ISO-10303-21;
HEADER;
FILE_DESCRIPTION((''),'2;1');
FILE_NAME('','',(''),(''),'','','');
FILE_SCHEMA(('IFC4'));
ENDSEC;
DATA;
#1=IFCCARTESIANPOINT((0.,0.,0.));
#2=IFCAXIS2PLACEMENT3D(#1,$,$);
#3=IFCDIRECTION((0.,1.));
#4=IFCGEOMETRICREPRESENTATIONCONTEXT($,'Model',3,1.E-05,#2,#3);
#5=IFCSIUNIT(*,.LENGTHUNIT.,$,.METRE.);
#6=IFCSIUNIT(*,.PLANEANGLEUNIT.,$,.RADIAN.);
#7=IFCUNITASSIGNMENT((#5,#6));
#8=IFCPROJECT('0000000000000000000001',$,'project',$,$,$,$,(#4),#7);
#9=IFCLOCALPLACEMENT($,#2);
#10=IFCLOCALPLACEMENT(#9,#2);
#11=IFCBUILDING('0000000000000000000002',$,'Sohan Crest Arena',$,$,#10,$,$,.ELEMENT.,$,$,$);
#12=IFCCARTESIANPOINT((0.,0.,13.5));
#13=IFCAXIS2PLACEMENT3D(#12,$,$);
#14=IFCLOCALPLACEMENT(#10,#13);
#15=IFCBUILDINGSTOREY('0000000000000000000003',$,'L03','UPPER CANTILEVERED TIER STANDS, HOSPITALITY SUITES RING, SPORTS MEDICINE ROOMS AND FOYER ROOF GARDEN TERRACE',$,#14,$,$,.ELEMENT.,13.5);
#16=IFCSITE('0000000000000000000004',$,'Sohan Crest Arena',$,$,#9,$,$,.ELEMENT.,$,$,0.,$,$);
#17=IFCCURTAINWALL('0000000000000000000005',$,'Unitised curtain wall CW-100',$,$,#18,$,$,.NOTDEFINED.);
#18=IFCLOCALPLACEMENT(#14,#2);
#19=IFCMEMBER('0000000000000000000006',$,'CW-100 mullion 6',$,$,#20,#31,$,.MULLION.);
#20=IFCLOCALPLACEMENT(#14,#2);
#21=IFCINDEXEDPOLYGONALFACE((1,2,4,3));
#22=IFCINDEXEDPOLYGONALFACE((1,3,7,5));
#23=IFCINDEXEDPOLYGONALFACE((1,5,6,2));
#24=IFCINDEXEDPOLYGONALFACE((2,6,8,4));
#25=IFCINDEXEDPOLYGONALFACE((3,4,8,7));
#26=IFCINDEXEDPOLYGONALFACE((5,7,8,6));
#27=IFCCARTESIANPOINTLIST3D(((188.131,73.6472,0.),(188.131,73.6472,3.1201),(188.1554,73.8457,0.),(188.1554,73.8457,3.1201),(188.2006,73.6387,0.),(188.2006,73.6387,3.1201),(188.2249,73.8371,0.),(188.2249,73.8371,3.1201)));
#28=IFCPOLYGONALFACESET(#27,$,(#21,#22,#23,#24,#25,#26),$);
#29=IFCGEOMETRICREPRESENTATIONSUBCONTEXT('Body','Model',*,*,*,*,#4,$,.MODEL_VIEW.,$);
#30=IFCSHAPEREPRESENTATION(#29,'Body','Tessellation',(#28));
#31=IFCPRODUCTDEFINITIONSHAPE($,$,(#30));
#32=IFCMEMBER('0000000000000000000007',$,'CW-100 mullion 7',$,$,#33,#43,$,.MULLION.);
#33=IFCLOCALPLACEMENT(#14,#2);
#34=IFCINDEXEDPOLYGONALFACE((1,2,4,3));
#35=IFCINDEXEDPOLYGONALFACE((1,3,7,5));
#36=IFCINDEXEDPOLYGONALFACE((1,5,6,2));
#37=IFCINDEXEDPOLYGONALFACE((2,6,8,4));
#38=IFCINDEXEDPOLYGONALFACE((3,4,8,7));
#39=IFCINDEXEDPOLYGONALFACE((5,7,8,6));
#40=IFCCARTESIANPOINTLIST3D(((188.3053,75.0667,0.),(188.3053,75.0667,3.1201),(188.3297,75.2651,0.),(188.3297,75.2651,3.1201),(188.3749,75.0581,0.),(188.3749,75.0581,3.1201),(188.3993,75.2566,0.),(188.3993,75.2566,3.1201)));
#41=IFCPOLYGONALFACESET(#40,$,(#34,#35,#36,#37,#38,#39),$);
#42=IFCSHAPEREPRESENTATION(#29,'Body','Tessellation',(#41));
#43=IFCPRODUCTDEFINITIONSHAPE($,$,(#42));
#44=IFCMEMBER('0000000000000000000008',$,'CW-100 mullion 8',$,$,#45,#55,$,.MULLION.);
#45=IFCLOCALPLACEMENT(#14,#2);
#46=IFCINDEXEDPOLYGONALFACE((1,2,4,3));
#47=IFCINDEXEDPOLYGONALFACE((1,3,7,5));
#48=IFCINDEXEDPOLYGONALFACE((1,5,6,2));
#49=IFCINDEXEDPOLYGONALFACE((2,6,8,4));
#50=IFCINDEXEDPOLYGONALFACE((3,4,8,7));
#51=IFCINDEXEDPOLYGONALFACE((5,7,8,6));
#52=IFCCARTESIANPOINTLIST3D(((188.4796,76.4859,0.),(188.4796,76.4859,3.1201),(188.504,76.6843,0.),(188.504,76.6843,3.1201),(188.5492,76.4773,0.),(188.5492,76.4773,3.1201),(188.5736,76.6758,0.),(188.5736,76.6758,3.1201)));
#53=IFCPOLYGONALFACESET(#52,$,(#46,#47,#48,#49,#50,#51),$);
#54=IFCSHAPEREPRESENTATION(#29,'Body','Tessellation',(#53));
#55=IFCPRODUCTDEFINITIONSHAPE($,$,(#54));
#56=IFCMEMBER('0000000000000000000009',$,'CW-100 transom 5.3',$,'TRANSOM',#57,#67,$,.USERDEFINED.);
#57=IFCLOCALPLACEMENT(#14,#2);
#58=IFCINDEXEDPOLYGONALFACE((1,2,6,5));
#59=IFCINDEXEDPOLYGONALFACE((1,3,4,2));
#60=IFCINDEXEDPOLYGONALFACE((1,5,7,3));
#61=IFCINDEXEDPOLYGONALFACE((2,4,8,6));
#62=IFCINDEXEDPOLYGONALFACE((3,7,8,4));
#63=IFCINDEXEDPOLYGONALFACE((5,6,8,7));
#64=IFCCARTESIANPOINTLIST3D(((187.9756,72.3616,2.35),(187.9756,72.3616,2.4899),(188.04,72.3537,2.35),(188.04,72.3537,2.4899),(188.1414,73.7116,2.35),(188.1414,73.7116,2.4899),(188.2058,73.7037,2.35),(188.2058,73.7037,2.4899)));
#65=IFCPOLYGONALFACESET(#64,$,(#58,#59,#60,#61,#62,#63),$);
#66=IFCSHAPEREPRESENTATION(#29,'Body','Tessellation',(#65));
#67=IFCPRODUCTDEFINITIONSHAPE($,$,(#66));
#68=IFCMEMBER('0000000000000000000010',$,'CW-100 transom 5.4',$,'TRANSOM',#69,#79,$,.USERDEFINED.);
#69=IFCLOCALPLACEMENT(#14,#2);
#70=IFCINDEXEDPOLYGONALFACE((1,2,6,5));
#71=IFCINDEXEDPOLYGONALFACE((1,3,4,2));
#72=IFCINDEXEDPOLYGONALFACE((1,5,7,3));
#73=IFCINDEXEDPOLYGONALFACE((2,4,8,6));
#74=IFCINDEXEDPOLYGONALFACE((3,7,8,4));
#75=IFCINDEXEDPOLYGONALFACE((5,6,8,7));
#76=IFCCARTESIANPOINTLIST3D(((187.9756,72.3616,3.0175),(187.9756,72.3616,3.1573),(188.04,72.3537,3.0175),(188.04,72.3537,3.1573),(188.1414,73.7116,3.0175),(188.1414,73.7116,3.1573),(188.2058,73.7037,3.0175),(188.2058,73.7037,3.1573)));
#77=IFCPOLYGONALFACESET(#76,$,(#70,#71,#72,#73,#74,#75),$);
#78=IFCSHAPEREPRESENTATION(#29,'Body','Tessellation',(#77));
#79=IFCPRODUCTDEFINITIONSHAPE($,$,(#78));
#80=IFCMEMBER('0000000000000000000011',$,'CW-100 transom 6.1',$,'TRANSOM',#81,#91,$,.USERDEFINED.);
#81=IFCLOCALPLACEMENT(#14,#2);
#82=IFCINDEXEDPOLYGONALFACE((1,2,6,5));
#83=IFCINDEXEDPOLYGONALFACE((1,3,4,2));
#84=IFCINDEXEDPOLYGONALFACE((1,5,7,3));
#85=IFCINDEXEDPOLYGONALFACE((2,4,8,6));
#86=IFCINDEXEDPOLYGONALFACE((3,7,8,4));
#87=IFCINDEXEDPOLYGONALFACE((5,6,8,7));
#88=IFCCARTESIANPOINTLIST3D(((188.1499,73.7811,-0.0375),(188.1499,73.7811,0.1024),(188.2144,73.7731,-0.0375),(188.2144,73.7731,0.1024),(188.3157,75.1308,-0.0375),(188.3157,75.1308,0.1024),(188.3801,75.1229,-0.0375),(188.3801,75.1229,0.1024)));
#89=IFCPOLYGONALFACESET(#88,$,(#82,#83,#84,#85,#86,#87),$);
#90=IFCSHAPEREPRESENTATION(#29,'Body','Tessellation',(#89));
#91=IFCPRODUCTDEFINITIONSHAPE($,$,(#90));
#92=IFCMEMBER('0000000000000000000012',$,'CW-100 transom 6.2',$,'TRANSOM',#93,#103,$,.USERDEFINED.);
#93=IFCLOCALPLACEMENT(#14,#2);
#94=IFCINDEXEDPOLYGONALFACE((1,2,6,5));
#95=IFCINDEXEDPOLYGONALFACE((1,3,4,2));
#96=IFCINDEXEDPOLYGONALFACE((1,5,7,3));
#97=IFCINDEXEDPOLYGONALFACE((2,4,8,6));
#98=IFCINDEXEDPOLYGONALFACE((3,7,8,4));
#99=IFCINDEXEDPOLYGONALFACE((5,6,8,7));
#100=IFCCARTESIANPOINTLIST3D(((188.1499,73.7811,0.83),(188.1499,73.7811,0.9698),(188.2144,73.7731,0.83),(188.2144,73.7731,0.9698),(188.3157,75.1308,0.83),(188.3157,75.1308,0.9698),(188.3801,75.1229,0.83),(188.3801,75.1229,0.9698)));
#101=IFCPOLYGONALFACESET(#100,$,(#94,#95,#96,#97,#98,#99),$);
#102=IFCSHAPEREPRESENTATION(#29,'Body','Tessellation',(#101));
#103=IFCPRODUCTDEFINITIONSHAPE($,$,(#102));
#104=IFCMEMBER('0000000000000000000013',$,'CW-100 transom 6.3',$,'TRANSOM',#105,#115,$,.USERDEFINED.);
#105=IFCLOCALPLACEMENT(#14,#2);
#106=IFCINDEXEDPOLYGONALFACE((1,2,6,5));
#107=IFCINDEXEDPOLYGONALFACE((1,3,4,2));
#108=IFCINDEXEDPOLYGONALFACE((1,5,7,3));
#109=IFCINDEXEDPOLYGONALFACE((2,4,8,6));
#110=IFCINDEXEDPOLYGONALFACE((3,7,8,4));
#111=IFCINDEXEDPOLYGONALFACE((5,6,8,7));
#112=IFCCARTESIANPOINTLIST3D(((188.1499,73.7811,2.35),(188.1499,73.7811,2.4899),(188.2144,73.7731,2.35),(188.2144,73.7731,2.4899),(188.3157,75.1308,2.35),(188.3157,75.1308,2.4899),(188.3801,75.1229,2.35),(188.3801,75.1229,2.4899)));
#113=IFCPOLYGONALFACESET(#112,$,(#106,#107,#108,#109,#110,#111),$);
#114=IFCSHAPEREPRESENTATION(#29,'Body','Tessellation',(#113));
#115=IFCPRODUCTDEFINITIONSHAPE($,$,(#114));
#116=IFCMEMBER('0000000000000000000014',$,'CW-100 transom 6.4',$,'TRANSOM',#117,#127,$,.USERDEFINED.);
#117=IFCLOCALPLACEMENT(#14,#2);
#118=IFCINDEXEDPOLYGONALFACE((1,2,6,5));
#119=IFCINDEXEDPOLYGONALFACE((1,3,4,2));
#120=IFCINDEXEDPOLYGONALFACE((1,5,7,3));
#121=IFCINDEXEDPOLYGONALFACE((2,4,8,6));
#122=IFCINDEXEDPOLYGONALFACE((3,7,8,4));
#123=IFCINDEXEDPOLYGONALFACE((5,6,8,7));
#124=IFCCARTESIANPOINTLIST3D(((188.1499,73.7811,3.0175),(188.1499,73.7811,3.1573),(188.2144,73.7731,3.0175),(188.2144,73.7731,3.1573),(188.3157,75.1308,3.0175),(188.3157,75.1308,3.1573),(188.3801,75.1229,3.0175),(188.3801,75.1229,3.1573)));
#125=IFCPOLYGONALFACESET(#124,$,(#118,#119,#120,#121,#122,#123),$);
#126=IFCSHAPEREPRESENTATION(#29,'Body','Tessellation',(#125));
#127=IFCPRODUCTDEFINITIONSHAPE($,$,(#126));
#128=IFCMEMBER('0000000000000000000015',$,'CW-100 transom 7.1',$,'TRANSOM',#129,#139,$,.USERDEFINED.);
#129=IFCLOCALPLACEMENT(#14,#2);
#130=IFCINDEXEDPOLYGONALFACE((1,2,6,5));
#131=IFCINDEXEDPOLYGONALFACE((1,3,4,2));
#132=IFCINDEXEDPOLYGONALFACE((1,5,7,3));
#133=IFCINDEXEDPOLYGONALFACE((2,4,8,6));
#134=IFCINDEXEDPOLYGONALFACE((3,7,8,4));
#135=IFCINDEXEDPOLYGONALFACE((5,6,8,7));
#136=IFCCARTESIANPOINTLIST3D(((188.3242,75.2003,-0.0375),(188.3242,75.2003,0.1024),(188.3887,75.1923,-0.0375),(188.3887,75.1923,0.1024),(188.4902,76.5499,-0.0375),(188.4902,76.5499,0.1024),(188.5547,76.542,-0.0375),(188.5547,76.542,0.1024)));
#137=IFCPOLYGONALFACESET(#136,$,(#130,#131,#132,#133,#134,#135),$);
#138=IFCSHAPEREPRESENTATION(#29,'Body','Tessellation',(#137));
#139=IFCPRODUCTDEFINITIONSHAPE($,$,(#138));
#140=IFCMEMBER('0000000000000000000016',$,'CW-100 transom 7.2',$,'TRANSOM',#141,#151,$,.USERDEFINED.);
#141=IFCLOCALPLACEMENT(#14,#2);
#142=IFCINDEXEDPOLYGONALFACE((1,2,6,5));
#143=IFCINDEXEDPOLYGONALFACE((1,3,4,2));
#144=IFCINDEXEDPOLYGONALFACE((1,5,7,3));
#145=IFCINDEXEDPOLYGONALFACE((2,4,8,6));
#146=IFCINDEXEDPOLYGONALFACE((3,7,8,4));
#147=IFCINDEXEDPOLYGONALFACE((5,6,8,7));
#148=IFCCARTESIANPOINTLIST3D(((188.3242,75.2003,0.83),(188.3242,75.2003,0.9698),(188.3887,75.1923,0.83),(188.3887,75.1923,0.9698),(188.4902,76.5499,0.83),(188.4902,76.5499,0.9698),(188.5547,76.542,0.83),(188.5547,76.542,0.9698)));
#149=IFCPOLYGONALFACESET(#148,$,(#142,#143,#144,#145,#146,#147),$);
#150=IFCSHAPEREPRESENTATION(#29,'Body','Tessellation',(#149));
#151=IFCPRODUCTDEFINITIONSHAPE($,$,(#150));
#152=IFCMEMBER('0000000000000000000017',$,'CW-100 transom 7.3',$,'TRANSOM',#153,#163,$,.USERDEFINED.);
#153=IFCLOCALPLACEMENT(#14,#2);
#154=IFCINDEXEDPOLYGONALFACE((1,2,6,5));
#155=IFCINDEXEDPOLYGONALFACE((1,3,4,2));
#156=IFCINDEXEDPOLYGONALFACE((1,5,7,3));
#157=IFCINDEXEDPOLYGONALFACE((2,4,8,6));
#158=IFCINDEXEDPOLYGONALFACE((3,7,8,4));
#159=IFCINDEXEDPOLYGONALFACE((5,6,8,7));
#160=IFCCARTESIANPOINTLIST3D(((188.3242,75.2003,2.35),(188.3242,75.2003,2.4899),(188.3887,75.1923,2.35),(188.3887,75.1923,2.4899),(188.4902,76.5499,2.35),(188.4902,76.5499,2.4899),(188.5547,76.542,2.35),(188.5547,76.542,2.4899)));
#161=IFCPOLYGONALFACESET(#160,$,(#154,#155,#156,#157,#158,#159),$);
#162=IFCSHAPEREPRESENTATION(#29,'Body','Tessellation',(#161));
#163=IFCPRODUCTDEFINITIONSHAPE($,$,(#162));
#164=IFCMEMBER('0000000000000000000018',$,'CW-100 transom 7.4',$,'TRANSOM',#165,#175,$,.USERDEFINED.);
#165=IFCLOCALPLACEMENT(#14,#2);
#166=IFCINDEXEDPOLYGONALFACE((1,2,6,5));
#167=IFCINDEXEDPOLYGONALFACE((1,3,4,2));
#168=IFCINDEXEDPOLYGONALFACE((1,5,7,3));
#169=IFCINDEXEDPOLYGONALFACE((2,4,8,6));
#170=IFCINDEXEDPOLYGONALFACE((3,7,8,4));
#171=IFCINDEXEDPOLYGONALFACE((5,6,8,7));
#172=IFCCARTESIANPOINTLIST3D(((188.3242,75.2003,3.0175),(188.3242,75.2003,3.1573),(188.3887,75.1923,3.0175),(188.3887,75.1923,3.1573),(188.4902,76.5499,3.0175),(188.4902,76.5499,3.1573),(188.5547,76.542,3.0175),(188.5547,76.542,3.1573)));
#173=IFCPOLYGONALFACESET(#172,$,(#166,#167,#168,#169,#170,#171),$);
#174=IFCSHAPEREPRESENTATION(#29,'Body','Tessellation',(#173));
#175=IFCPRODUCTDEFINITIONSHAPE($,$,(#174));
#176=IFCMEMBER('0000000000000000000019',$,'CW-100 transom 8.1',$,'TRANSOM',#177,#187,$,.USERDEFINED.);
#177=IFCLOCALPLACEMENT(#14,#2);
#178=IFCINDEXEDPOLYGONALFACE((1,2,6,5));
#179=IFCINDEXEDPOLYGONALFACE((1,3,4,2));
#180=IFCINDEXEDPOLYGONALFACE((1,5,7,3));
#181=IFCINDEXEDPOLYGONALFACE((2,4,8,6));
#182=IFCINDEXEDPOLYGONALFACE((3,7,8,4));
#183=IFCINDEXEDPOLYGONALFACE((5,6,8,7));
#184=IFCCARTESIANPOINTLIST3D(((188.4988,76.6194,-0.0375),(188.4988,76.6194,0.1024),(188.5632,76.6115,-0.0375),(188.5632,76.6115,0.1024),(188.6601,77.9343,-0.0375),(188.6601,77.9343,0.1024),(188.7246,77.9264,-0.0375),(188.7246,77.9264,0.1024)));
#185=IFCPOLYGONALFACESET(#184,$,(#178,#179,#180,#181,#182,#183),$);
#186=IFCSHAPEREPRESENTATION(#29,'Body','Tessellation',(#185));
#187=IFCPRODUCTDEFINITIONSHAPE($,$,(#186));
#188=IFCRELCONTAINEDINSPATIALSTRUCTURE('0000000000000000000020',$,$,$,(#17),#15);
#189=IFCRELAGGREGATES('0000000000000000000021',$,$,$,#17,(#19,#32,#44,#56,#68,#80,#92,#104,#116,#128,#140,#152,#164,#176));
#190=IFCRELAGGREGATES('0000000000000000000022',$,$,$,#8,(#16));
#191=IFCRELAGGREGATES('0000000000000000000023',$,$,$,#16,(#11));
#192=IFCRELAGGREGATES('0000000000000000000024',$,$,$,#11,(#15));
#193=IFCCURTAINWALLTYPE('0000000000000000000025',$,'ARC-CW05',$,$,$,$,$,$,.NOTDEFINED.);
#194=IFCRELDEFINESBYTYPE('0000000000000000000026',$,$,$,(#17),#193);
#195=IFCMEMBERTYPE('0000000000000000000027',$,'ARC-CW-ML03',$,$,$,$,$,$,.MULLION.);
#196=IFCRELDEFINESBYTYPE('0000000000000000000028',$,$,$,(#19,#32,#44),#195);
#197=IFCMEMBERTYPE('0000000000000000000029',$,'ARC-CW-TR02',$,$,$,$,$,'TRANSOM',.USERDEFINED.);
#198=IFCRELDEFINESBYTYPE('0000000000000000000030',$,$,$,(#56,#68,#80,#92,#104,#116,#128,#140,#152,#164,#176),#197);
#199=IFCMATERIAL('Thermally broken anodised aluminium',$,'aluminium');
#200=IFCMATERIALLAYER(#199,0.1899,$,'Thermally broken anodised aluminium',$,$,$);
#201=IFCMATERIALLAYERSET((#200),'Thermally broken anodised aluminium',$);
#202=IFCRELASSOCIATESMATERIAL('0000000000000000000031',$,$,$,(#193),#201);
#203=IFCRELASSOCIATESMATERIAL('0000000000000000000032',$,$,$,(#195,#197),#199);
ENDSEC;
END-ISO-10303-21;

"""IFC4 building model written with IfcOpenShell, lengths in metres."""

from ifc_helpers import new_model, si_unit, direction, frame, origin, origin_2d, place, context, subcontext, project, spatial, rectangle, extrude, material, layer, layer_set, material_profile, profile_set, type_object, element, aggregate, save


model = new_model("IFC4")

# Units and contexts
model_context = context("Model", 3, precision=1e-05, world=origin(), true_north=direction((0.0, 1.0)))
body_context = subcontext(model_context, "Body", "Model", "MODEL_VIEW")
ifc_project = project(units=[si_unit("LENGTHUNIT", "METRE"), si_unit("PLANEANGLEUNIT", "RADIAN")], contexts=[model_context])

# Site, building, storey
site_placement = place(None, origin())
site = spatial("IfcSite", under=ifc_project, at=site_placement, Name="Sohan Crest Arena", CompositionType="ELEMENT", RefElevation=0.0)
building_placement = place(site_placement, origin())
building = spatial("IfcBuilding", under=site, at=building_placement, Name="Sohan Crest Arena", CompositionType="ELEMENT")
storey_placement = place(building_placement, frame((0.0, 0.0, 13.5)))
storey = spatial("IfcBuildingStorey", under=building, at=storey_placement, Name="L03", Description="UPPER CANTILEVERED TIER STANDS, HOSPITALITY SUITES RING, SPORTS MEDICINE ROOMS AND FOYER ROOF GARDEN TERRACE", CompositionType="ELEMENT", Elevation=13.5)

# Curtain wall, members
ifc_material_1 = material(Name="Thermally broken anodised aluminium", Category="aluminium")
ifc_layer_1 = layer(ifc_material_1, 0.1899, Name="Thermally broken anodised aluminium")
ifc_layer_set_1 = layer_set([ifc_layer_1], Name="Thermally broken anodised aluminium")
curtain_wall_type = type_object("IfcCurtainWallType", Name="ARC-CW05", PredefinedType="NOTDEFINED", material=ifc_layer_set_1)
curtain_wall_placement = place(storey_placement, origin())
curtain_wall = element("IfcCurtainWall", 1, at=curtain_wall_placement, inside=storey, type_object=curtain_wall_type, Name="Unitised curtain wall CW-100", PredefinedType="NOTDEFINED")
ifc_material_profile_1 = material_profile(ifc_material_1, rectangle(XDim=0.0701, YDim=0.2, at=origin_2d()), Name="ALU-MULL 70x200")
ifc_profile_set_1 = profile_set([ifc_material_profile_1], Name="Thermally broken anodised aluminium")
member_type_1 = type_object("IfcMemberType", Name="ARC-CW-ML03", PredefinedType="MULLION", material=ifc_profile_set_1)
member_1_placement = place(storey_placement, frame((188.178, 73.7422, 0.0), z_axis=(0.0, 0.0, 1.0), x_axis=(-0.992537, 0.121947, 0.0)))
member_1 = element("IfcMember", 2, at=member_1_placement, type_object=member_type_1, Name="CW-100 mullion 6", PredefinedType="MULLION", context=body_context, shape_type="SweptSolid", body=[
    extrude(rectangle(XDim=0.0701, YDim=0.2, at=origin_2d()), origin(), (0.0, 0.0, 1.0), 3.1201),
])
member_2_placement = place(storey_placement, frame((188.3523, 75.1616, 0.0), z_axis=(0.0, 0.0, 1.0), x_axis=(-0.992537, 0.121947, 0.0)))
member_2 = element("IfcMember", 3, at=member_2_placement, type_object=member_type_1, Name="CW-100 mullion 7", PredefinedType="MULLION", context=body_context, shape_type="SweptSolid", body=[
    extrude(rectangle(XDim=0.0701, YDim=0.2, at=origin_2d()), origin(), (0.0, 0.0, 1.0), 3.1201),
])
member_3_placement = place(storey_placement, frame((188.5266, 76.5808, 0.0), z_axis=(0.0, 0.0, 1.0), x_axis=(-0.992537, 0.121947, 0.0)))
member_3 = element("IfcMember", 4, at=member_3_placement, type_object=member_type_1, Name="CW-100 mullion 8", PredefinedType="MULLION", context=body_context, shape_type="SweptSolid", body=[
    extrude(rectangle(XDim=0.0701, YDim=0.2, at=origin_2d()), origin(), (0.0, 0.0, 1.0), 3.1201),
])
ifc_material_profile_2 = material_profile(ifc_material_1, rectangle(XDim=0.0649, YDim=0.1399, at=origin_2d()), Name="ALU-TRAN 65x140")
ifc_profile_set_2 = profile_set([ifc_material_profile_2], Name="Thermally broken anodised aluminium")
member_type_2 = type_object("IfcMemberType", Name="ARC-CW-TR02", ElementType="TRANSOM", PredefinedType="USERDEFINED", material=ifc_profile_set_2)
member_4_placement = place(storey_placement, frame((188.0078, 72.3577, 2.4199), z_axis=(0.121891, 0.992543, 0.0), x_axis=(-0.992543, 0.121891, 0.0)))
member_4 = element("IfcMember", 5, at=member_4_placement, type_object=member_type_2, Name="CW-100 transom 5.3", ObjectType="TRANSOM", PredefinedType="USERDEFINED", context=body_context, shape_type="SweptSolid", body=[
    extrude(rectangle(XDim=0.0649, YDim=0.1399, at=origin_2d()), origin(), (0.0, 0.0, 1.0), 1.3601),
])
member_5_placement = place(storey_placement, frame((188.0078, 72.3577, 3.0874), z_axis=(0.121891, 0.992543, 0.0), x_axis=(-0.992543, 0.121891, 0.0)))
member_5 = element("IfcMember", 6, at=member_5_placement, type_object=member_type_2, Name="CW-100 transom 5.4", ObjectType="TRANSOM", PredefinedType="USERDEFINED", context=body_context, shape_type="SweptSolid", body=[
    extrude(rectangle(XDim=0.0649, YDim=0.1399, at=origin_2d()), origin(), (0.0, 0.0, 1.0), 1.3601),
])
member_6_placement = place(storey_placement, frame((188.1821, 73.7771, 0.0325), z_axis=(0.121913, 0.992541, 0.0), x_axis=(-0.992541, 0.121913, 0.0)))
member_6 = element("IfcMember", 7, at=member_6_placement, type_object=member_type_2, Name="CW-100 transom 6.1", ObjectType="TRANSOM", PredefinedType="USERDEFINED", context=body_context, shape_type="SweptSolid", body=[
    extrude(rectangle(XDim=0.0649, YDim=0.1399, at=origin_2d()), origin(), (0.0, 0.0, 1.0), 1.3599),
])
member_7_placement = place(storey_placement, frame((188.1821, 73.7771, 0.8999), z_axis=(0.121913, 0.992541, 0.0), x_axis=(-0.992541, 0.121913, 0.0)))
member_7 = element("IfcMember", 8, at=member_7_placement, type_object=member_type_2, Name="CW-100 transom 6.2", ObjectType="TRANSOM", PredefinedType="USERDEFINED", context=body_context, shape_type="SweptSolid", body=[
    extrude(rectangle(XDim=0.0649, YDim=0.1399, at=origin_2d()), origin(), (0.0, 0.0, 1.0), 1.3599),
])
member_8_placement = place(storey_placement, frame((188.1821, 73.7771, 2.4199), z_axis=(0.121913, 0.992541, 0.0), x_axis=(-0.992541, 0.121913, 0.0)))
member_8 = element("IfcMember", 9, at=member_8_placement, type_object=member_type_2, Name="CW-100 transom 6.3", ObjectType="TRANSOM", PredefinedType="USERDEFINED", context=body_context, shape_type="SweptSolid", body=[
    extrude(rectangle(XDim=0.0649, YDim=0.1399, at=origin_2d()), origin(), (0.0, 0.0, 1.0), 1.3599),
])
member_9_placement = place(storey_placement, frame((188.1821, 73.7771, 3.0874), z_axis=(0.121913, 0.992541, 0.0), x_axis=(-0.992541, 0.121913, 0.0)))
member_9 = element("IfcMember", 10, at=member_9_placement, type_object=member_type_2, Name="CW-100 transom 6.4", ObjectType="TRANSOM", PredefinedType="USERDEFINED", context=body_context, shape_type="SweptSolid", body=[
    extrude(rectangle(XDim=0.0649, YDim=0.1399, at=origin_2d()), origin(), (0.0, 0.0, 1.0), 1.3599),
])
member_10_placement = place(storey_placement, frame((188.3564, 75.1963, 0.0325), z_axis=(0.12209, 0.992519, 0.0), x_axis=(-0.992519, 0.12209, 0.0)))
member_10 = element("IfcMember", 11, at=member_10_placement, type_object=member_type_2, Name="CW-100 transom 7.1", ObjectType="TRANSOM", PredefinedType="USERDEFINED", context=body_context, shape_type="SweptSolid", body=[
    extrude(rectangle(XDim=0.0649, YDim=0.1399, at=origin_2d()), origin(), (0.0, 0.0, 1.0), 1.3599),
])
member_11_placement = place(storey_placement, frame((188.3564, 75.1963, 0.8999), z_axis=(0.12209, 0.992519, 0.0), x_axis=(-0.992519, 0.12209, 0.0)))
member_11 = element("IfcMember", 12, at=member_11_placement, type_object=member_type_2, Name="CW-100 transom 7.2", ObjectType="TRANSOM", PredefinedType="USERDEFINED", context=body_context, shape_type="SweptSolid", body=[
    extrude(rectangle(XDim=0.0649, YDim=0.1399, at=origin_2d()), origin(), (0.0, 0.0, 1.0), 1.3599),
])
member_12_placement = place(storey_placement, frame((188.3564, 75.1963, 2.4199), z_axis=(0.12209, 0.992519, 0.0), x_axis=(-0.992519, 0.12209, 0.0)))
member_12 = element("IfcMember", 13, at=member_12_placement, type_object=member_type_2, Name="CW-100 transom 7.3", ObjectType="TRANSOM", PredefinedType="USERDEFINED", context=body_context, shape_type="SweptSolid", body=[
    extrude(rectangle(XDim=0.0649, YDim=0.1399, at=origin_2d()), origin(), (0.0, 0.0, 1.0), 1.3599),
])
member_13_placement = place(storey_placement, frame((188.3564, 75.1963, 3.0874), z_axis=(0.12209, 0.992519, 0.0), x_axis=(-0.992519, 0.12209, 0.0)))
member_13 = element("IfcMember", 14, at=member_13_placement, type_object=member_type_2, Name="CW-100 transom 7.4", ObjectType="TRANSOM", PredefinedType="USERDEFINED", context=body_context, shape_type="SweptSolid", body=[
    extrude(rectangle(XDim=0.0649, YDim=0.1399, at=origin_2d()), origin(), (0.0, 0.0, 1.0), 1.3599),
])
member_14_placement = place(storey_placement, frame((188.531, 76.6155, 0.0325), z_axis=(0.121812, 0.992553, 0.0), x_axis=(-0.992553, 0.121812, 0.0)))
member_14 = element("IfcMember", 15, at=member_14_placement, type_object=member_type_2, Name="CW-100 transom 8.1", ObjectType="TRANSOM", PredefinedType="USERDEFINED", context=body_context, shape_type="SweptSolid", body=[
    extrude(rectangle(XDim=0.0649, YDim=0.1399, at=origin_2d()), origin(), (0.0, 0.0, 1.0), 1.3247),
])
aggregate(curtain_wall, [member_1, member_2, member_3, member_4, member_5, member_6, member_7, member_8, member_9, member_10, member_11, member_12, member_13, member_14])

save(model, "model.ifc")
